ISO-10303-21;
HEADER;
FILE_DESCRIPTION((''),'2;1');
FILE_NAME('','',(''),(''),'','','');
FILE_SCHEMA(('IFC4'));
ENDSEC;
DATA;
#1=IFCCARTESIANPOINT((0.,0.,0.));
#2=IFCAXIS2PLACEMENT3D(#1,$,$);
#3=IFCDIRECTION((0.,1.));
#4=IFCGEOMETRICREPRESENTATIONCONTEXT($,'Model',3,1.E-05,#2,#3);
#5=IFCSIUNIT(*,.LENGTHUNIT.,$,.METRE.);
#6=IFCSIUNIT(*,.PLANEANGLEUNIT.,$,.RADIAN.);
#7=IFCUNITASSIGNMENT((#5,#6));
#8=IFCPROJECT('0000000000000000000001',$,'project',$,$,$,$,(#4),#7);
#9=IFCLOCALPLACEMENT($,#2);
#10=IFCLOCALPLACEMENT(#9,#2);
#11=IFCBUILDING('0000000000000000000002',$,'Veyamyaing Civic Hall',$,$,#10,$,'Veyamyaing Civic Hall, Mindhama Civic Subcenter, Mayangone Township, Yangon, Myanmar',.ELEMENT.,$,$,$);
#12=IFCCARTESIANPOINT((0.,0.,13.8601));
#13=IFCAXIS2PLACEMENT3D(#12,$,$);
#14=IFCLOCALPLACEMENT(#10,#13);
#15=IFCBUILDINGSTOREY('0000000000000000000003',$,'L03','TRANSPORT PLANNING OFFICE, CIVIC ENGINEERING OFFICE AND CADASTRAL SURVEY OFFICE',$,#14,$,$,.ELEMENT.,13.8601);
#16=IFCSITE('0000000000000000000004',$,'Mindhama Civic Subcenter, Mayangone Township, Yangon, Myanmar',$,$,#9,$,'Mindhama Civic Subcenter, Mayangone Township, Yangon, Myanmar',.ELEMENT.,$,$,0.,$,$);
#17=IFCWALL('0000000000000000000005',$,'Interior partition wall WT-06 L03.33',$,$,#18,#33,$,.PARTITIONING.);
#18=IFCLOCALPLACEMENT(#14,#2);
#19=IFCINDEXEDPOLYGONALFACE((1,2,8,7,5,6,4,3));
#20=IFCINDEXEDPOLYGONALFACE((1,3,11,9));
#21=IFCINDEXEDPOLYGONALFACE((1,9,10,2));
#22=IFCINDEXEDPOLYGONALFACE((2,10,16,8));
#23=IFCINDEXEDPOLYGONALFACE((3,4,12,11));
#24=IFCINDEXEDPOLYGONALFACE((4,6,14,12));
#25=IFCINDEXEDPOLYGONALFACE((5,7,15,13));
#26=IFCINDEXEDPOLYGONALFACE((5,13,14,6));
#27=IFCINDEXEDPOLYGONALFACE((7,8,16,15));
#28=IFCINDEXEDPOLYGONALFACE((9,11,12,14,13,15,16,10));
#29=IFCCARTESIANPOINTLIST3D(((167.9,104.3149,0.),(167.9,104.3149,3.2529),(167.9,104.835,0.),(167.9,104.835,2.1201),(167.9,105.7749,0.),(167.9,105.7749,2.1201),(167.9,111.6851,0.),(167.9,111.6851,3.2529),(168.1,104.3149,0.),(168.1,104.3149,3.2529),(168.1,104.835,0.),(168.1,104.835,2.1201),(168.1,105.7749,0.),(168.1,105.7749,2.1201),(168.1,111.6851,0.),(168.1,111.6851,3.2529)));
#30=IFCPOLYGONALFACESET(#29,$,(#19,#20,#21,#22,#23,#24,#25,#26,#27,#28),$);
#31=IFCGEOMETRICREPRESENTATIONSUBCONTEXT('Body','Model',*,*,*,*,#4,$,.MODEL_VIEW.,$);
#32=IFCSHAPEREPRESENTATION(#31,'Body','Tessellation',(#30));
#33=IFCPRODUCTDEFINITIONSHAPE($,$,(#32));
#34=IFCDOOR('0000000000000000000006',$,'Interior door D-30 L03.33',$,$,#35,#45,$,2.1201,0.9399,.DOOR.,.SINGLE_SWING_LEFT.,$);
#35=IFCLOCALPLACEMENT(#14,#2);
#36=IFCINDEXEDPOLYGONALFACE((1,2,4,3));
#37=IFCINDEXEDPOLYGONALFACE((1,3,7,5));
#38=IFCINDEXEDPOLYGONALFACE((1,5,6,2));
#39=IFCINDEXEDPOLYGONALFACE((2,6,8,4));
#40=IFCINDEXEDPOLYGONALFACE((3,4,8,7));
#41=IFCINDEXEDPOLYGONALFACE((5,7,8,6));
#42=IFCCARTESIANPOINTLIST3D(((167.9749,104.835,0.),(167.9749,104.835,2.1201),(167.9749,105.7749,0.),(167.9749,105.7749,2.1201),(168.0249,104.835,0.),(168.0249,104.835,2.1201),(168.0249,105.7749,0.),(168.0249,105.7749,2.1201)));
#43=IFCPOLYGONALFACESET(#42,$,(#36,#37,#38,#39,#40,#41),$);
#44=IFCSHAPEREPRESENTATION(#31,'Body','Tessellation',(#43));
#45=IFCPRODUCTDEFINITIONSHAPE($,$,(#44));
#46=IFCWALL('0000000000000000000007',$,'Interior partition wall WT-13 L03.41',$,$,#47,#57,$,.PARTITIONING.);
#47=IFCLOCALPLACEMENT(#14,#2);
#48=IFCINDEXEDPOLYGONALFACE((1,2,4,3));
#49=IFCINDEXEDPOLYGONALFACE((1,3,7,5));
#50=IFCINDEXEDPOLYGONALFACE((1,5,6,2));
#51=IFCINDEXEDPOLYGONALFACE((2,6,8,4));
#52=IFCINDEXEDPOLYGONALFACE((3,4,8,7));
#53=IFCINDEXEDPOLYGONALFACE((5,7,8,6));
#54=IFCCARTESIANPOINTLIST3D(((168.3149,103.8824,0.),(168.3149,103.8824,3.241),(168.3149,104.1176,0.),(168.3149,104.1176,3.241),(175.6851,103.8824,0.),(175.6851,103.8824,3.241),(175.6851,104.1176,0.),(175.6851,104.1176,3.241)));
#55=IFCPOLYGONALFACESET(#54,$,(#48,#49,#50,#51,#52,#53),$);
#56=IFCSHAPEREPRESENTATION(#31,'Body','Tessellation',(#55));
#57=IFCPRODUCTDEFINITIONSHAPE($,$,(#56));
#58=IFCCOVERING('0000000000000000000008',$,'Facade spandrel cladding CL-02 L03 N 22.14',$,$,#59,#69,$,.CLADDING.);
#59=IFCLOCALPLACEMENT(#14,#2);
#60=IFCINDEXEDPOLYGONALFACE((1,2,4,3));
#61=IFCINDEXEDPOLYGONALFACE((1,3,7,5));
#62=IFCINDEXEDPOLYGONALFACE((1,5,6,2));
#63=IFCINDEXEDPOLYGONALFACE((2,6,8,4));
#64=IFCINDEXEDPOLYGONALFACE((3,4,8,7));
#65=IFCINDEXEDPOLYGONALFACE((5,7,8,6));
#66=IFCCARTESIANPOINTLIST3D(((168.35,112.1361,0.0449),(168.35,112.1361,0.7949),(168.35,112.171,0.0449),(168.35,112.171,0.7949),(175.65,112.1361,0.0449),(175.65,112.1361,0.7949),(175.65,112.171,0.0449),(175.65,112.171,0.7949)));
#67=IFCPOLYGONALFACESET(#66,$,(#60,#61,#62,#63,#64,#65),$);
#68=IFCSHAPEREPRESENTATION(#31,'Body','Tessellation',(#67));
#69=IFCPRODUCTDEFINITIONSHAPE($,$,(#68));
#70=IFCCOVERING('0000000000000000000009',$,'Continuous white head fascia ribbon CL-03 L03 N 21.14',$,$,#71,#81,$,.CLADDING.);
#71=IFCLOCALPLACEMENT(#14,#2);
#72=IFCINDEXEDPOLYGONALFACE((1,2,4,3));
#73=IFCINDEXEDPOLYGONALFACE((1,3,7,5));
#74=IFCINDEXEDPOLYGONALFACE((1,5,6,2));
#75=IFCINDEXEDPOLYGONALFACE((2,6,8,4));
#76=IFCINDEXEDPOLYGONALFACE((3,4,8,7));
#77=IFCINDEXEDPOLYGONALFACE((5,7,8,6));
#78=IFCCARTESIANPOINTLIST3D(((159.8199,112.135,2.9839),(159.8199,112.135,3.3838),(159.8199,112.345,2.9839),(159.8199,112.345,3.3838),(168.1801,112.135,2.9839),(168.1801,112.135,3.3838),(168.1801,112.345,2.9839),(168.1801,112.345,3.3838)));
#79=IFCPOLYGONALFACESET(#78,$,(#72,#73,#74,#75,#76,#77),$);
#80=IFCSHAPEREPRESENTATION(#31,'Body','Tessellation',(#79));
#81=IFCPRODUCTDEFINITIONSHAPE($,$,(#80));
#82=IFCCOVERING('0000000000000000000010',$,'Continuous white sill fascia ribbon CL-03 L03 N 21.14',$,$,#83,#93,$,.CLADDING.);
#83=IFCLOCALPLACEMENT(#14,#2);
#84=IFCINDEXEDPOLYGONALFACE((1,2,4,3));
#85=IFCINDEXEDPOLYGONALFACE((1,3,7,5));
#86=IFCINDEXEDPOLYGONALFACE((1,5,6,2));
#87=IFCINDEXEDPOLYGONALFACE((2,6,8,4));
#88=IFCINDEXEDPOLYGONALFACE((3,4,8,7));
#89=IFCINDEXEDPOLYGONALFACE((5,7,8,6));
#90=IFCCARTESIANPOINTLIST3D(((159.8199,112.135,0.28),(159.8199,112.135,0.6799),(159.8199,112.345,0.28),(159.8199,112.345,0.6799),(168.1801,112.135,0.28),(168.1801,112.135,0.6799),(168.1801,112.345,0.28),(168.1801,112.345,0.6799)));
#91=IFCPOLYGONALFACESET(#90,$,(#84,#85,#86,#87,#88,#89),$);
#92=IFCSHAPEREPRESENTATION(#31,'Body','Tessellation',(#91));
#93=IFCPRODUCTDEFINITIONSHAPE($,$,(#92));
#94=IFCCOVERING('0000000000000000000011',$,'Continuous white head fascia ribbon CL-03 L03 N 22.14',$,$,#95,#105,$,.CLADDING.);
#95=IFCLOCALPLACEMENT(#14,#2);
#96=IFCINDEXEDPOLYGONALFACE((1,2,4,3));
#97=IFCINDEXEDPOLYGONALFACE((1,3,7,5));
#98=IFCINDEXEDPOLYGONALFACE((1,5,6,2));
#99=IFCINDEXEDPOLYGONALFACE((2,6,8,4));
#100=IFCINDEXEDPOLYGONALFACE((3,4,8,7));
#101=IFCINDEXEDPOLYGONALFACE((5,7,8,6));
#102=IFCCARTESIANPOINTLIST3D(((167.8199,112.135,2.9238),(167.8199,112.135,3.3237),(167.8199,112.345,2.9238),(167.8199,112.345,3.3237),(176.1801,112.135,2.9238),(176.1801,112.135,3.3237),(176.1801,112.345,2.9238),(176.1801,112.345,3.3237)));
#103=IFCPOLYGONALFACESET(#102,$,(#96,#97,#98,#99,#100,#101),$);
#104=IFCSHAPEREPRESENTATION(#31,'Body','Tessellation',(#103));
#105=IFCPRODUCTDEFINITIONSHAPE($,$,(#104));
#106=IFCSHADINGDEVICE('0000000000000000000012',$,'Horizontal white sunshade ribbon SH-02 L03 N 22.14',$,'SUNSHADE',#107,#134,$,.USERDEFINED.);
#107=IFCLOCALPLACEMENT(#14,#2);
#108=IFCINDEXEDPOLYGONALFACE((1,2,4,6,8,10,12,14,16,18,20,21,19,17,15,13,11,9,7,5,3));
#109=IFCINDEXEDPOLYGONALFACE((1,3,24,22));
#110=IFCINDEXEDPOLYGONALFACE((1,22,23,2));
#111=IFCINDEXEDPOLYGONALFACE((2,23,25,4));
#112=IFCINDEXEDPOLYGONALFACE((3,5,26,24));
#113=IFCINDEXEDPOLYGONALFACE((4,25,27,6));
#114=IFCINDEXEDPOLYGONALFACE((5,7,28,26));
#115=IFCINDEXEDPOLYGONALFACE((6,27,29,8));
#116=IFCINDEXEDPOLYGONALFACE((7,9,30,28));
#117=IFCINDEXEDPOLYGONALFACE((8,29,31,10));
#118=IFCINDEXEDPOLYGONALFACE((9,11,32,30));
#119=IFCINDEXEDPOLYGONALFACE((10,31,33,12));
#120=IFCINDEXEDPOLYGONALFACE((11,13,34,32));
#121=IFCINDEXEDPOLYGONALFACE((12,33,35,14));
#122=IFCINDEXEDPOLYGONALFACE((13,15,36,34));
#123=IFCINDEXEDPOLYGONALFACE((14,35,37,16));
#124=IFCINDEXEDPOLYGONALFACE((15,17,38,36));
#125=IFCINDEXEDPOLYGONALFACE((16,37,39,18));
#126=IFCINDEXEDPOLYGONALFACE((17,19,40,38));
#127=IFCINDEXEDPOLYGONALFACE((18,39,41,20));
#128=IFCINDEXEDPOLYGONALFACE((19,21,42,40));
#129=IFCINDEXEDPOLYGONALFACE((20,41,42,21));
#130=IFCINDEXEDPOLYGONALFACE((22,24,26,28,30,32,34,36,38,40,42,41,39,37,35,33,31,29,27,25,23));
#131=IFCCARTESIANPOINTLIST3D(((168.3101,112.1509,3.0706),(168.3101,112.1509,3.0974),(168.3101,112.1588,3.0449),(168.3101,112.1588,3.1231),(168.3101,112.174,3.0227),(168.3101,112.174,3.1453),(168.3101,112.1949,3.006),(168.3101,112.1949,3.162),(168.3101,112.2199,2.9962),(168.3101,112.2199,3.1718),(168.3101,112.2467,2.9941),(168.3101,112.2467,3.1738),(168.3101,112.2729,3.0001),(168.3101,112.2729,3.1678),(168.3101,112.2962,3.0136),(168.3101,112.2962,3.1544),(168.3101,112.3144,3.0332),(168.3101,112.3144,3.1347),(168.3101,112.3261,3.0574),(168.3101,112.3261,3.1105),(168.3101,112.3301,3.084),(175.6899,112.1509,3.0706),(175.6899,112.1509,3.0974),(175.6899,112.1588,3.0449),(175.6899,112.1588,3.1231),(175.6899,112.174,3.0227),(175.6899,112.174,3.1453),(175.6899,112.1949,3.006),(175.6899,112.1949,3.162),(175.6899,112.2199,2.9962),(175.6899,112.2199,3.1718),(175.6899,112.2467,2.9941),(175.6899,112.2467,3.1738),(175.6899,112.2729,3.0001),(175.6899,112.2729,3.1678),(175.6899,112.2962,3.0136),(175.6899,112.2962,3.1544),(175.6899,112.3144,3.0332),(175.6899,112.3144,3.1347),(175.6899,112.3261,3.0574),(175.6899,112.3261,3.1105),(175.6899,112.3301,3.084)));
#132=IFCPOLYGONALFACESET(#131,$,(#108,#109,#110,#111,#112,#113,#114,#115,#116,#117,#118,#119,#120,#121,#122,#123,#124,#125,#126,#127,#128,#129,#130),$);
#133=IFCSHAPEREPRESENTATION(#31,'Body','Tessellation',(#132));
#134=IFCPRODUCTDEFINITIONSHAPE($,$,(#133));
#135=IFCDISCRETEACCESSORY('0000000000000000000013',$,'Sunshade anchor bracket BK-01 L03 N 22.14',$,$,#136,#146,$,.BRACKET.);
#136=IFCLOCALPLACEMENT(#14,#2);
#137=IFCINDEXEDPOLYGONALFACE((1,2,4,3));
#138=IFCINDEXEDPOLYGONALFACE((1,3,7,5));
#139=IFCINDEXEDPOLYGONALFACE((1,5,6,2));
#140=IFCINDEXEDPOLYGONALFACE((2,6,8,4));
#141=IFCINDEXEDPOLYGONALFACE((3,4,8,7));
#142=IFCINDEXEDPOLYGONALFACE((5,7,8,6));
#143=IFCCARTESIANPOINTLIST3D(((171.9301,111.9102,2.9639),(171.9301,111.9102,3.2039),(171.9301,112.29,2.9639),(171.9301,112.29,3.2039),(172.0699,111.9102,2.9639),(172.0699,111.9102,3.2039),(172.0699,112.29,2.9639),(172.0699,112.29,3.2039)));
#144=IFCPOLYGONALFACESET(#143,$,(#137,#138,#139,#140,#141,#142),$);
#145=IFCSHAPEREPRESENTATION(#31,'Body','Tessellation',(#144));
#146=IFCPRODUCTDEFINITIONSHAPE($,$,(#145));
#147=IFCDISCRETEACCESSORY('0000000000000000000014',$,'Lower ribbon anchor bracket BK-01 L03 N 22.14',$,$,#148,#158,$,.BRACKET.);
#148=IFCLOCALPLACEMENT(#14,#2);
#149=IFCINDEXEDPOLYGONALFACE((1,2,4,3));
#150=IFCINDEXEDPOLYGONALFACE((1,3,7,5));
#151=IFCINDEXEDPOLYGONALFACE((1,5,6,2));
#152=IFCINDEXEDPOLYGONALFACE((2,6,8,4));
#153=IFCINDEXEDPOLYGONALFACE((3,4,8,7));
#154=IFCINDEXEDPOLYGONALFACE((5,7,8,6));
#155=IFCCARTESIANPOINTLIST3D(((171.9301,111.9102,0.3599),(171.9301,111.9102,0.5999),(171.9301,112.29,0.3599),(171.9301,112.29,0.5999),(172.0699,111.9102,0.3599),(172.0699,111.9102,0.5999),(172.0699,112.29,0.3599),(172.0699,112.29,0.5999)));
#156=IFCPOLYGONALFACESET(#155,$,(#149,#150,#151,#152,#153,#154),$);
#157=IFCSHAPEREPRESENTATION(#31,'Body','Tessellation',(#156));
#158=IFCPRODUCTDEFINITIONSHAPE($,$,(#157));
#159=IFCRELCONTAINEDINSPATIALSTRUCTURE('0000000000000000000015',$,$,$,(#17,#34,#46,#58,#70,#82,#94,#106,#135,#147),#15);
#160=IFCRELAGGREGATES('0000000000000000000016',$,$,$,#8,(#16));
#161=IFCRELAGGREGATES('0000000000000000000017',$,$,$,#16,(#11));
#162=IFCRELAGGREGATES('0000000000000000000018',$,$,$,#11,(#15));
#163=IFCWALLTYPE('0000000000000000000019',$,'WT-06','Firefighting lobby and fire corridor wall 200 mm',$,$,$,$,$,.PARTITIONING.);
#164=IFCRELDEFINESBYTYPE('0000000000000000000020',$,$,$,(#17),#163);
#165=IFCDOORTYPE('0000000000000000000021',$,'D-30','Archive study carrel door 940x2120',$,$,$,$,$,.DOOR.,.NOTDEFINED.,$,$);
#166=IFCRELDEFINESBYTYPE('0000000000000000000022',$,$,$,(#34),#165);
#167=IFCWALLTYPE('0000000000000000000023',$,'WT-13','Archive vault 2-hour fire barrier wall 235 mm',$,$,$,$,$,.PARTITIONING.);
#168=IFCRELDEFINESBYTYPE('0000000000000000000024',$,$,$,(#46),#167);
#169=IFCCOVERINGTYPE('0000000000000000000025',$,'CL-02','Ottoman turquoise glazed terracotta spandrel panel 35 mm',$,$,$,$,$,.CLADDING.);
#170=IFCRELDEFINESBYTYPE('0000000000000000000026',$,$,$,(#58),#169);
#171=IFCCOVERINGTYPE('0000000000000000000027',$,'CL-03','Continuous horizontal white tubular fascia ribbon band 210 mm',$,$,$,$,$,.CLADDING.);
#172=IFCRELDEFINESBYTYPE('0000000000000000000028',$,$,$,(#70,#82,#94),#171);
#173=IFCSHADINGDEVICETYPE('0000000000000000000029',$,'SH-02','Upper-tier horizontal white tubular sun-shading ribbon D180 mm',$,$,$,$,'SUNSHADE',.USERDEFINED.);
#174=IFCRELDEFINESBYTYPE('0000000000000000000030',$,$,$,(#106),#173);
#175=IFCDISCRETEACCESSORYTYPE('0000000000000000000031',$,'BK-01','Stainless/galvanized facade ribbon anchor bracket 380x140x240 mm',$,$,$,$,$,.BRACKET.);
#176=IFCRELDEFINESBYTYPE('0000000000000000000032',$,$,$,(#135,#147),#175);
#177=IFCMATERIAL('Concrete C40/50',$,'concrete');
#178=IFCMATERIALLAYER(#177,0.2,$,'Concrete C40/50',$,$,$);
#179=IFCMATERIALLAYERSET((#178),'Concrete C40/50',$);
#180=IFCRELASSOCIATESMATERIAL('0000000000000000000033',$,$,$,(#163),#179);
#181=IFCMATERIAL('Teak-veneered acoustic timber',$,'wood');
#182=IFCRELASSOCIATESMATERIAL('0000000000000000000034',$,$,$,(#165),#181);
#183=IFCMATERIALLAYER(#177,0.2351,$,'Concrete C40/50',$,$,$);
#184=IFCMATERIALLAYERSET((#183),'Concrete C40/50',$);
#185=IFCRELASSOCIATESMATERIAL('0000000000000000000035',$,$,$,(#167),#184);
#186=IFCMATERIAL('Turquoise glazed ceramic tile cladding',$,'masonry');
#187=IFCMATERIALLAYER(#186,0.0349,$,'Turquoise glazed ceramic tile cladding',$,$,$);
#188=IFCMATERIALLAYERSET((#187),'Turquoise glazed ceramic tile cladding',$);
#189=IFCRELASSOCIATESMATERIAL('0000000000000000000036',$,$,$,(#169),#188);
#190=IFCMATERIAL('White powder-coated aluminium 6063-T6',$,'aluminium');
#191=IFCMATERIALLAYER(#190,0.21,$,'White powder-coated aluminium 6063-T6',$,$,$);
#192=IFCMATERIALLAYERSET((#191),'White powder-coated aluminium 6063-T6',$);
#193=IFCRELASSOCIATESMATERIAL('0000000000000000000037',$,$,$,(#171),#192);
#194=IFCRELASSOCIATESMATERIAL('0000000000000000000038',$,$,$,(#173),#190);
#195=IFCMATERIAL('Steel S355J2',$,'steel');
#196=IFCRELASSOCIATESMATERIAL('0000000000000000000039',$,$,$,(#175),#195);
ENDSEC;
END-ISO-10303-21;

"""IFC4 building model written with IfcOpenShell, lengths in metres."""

from ifc_helpers import new_model, si_unit, direction, frame, frame_2d, origin, origin_2d, place, context, subcontext, project, spatial, rectangle, circle, extrude, material, layer, layer_set, material_profile, profile_set, type_object, element, fill, save


model = new_model("IFC4")

# Units and contexts
model_context = context("Model", 3, precision=1e-05, world=origin(), true_north=direction((0.0, 1.0)))
body_context = subcontext(model_context, "Body", "Model", "MODEL_VIEW")
ifc_project = project(units=[si_unit("LENGTHUNIT", "METRE"), si_unit("PLANEANGLEUNIT", "RADIAN")], contexts=[model_context])

# Site, building, storey
site_placement = place(None, origin())
site = spatial("IfcSite", under=ifc_project, at=site_placement, Name="Mindhama Civic Subcenter, Mayangone Township, Yangon, Myanmar", LongName="Mindhama Civic Subcenter, Mayangone Township, Yangon, Myanmar", CompositionType="ELEMENT", RefElevation=0.0)
building_placement = place(site_placement, origin())
building = spatial("IfcBuilding", under=site, at=building_placement, Name="Veyamyaing Civic Hall", LongName="Veyamyaing Civic Hall, Mindhama Civic Subcenter, Mayangone Township, Yangon, Myanmar", CompositionType="ELEMENT")
storey_placement = place(building_placement, frame((0.0, 0.0, 13.8601)))
storey = spatial("IfcBuildingStorey", under=building, at=storey_placement, Name="L03", Description="TRANSPORT PLANNING OFFICE, CIVIC ENGINEERING OFFICE AND CADASTRAL SURVEY OFFICE", CompositionType="ELEMENT", Elevation=13.8601)

# Wall, opening, door
ifc_material_1 = material(Name="Concrete C40/50", Category="concrete")
ifc_layer_1 = layer(ifc_material_1, 0.2, Name="Concrete C40/50")
ifc_layer_set_1 = layer_set([ifc_layer_1], Name="Concrete C40/50")
wall_type_1 = type_object("IfcWallType", Name="WT-06", Description="Firefighting lobby and fire corridor wall 200 mm", PredefinedType="PARTITIONING", material=ifc_layer_set_1)
wall_1_placement = place(storey_placement, frame((168.0, 104.3149, 0.0), z_axis=(0.0, 0.0, 1.0), x_axis=(0.0, 1.0, 0.0)))
wall_1 = element("IfcWall", 1, at=wall_1_placement, inside=storey, type_object=wall_type_1, Name="Interior partition wall WT-06 L03.33", PredefinedType="PARTITIONING", context=body_context, shape_type="SweptSolid", body=[
    extrude(rectangle(XDim=7.3701, YDim=0.2, at=frame_2d((3.6851, 0.0))), origin(), (0.0, 0.0, 1.0), 3.2529),
])
opening_1_placement = place(wall_1_placement, frame((0.52, 0.0, 0.0)))
opening_1 = element("IfcOpeningElement", 2, at=opening_1_placement, cuts=wall_1, PredefinedType="OPENING", context=body_context, shape_type="SweptSolid", body=[
    extrude(rectangle(XDim=0.9399, YDim=2.1201, at=frame_2d((0.47, 1.0601))), frame((0.0, 0.1099, 0.0), z_axis=(0.0, -1.0, 0.0), x_axis=(1.0, 0.0, 0.0)), (0.0, 0.0, 1.0), 0.22),
])
ifc_material_2 = material(Name="Teak-veneered acoustic timber", Category="wood")
door_type = type_object("IfcDoorType", Name="D-30", Description="Archive study carrel door 940x2120", OperationType="NOTDEFINED", PredefinedType="DOOR", material=ifc_material_2)
door_placement = place(opening_1_placement, frame((0.9399, 0.0, 0.0), z_axis=(0.0, 0.0, 1.0), x_axis=(-1.0, 0.0, 0.0)))
door = element("IfcDoor", 3, at=door_placement, inside=storey, type_object=door_type, Name="Interior door D-30 L03.33", OperationType="SINGLE_SWING_LEFT", OverallHeight=2.1201, OverallWidth=0.9399, PredefinedType="DOOR", context=body_context, shape_type="SweptSolid", body=[
    extrude(rectangle(XDim=0.9399, YDim=2.1201, at=frame_2d((0.47, 1.0601))), frame((0.0, 0.0249, 0.0), z_axis=(0.0, -1.0, 0.0), x_axis=(1.0, 0.0, 0.0)), (0.0, 0.0, 1.0), 0.05),
])
fill(opening_1, door)

# Wall
ifc_layer_2 = layer(ifc_material_1, 0.2351, Name="Concrete C40/50")
ifc_layer_set_2 = layer_set([ifc_layer_2], Name="Concrete C40/50")
wall_type_2 = type_object("IfcWallType", Name="WT-13", Description="Archive vault 2-hour fire barrier wall 235 mm", PredefinedType="PARTITIONING", material=ifc_layer_set_2)
wall_2_placement = place(storey_placement, frame((168.3149, 104.0, 0.0), z_axis=(0.0, 0.0, 1.0), x_axis=(1.0, 0.0, 0.0)))
element("IfcWall", 4, at=wall_2_placement, inside=storey, type_object=wall_type_2, Name="Interior partition wall WT-13 L03.41", PredefinedType="PARTITIONING", context=body_context, shape_type="SweptSolid", body=[
    extrude(rectangle(XDim=7.3701, YDim=0.2351, at=frame_2d((3.6851, 0.0))), origin(), (0.0, 0.0, 1.0), 3.241),
])

# Coverings
ifc_material_3 = material(Name="Turquoise glazed ceramic tile cladding", Category="masonry")
ifc_layer_3 = layer(ifc_material_3, 0.0349, Name="Turquoise glazed ceramic tile cladding")
ifc_layer_set_3 = layer_set([ifc_layer_3], Name="Turquoise glazed ceramic tile cladding")
covering_type_1 = type_object("IfcCoveringType", Name="CL-02", Description="Ottoman turquoise glazed terracotta spandrel panel 35 mm", PredefinedType="CLADDING", material=ifc_layer_set_3)
covering_placement = place(storey_placement, frame((172.0, 112.1536, 0.0449), z_axis=(0.0, 0.0, 1.0), x_axis=(1.0, 0.0, 0.0)))
element("IfcCovering", 5, at=covering_placement, inside=storey, type_object=covering_type_1, Name="Facade spandrel cladding CL-02 L03 N 22.14", PredefinedType="CLADDING", context=body_context, shape_type="SweptSolid", body=[
    extrude(rectangle(XDim=7.3, YDim=0.0349, at=origin_2d()), origin(), (0.0, 0.0, 1.0), 0.75),
])
ifc_material_4 = material(Name="White powder-coated aluminium 6063-T6", Category="aluminium")
ifc_layer_4 = layer(ifc_material_4, 0.21, Name="White powder-coated aluminium 6063-T6")
ifc_layer_set_4 = layer_set([ifc_layer_4], Name="White powder-coated aluminium 6063-T6")
covering_type_2 = type_object("IfcCoveringType", Name="CL-03", Description="Continuous horizontal white tubular fascia ribbon band 210 mm", PredefinedType="CLADDING", material=ifc_layer_set_4)
for number, where, z_axis, x_axis, name in (
    (6, (164.0, 112.24, 2.9839), (0.0, 0.0, 1.0), (1.0, 0.0, 0.0), "Continuous white head fascia ribbon CL-03 L03 N 21.14"),
    (7, (164.0, 112.24, 0.28), (0.0, 0.0, 1.0), (1.0, 0.0, 0.0), "Continuous white sill fascia ribbon CL-03 L03 N 21.14"),
    (8, (172.0, 112.24, 2.9238), (0.0, 0.0, 1.0), (1.0, 0.0, 0.0), "Continuous white head fascia ribbon CL-03 L03 N 22.14"),
):
    element("IfcCovering", number, at=place(storey_placement, frame(where, z_axis=z_axis, x_axis=x_axis)), inside=storey, type_object=covering_type_2, Name=name, PredefinedType="CLADDING", context=body_context, shape_type="SweptSolid", body=[
        extrude(rectangle(XDim=8.3601, YDim=0.21, at=origin_2d()), origin(), (0.0, 0.0, 1.0), 0.3999),
    ])

# Shading device
ifc_material_profile_1 = material_profile(ifc_material_4, circle(Radius=0.0901, at=origin_2d()), Name="SHADE-TUBE-180")
ifc_profile_set_1 = profile_set([ifc_material_profile_1], Name="White powder-coated aluminium 6063-T6")
shading_device_type = type_object("IfcShadingDeviceType", Name="SH-02", Description="Upper-tier horizontal white tubular sun-shading ribbon D180 mm", ElementType="SUNSHADE", PredefinedType="USERDEFINED", material=ifc_profile_set_1)
shading_device_placement = place(storey_placement, frame((168.3101, 112.24, 3.084), z_axis=(1.0, 0.0, 0.0), x_axis=(0.0, 1.0, 0.0)))
element("IfcShadingDevice", 9, at=shading_device_placement, inside=storey, type_object=shading_device_type, Name="Horizontal white sunshade ribbon SH-02 L03 N 22.14", ObjectType="SUNSHADE", PredefinedType="USERDEFINED", context=body_context, shape_type="SweptSolid", body=[
    extrude(circle(Radius=0.0901, at=origin_2d()), origin(), (0.0, 0.0, 1.0), 7.3799),
])

# Discrete accessories
ifc_material_5 = material(Name="Steel S355J2", Category="steel")
discrete_accessory_type = type_object("IfcDiscreteAccessoryType", Name="BK-01", Description="Stainless/galvanized facade ribbon anchor bracket 380x140x240 mm", PredefinedType="BRACKET", material=ifc_material_5)
for number, where, z_axis, x_axis, name in (
    (10, (172.0, 112.1001, 2.9639), (0.0, 0.0, 1.0), (0.0, 1.0, 0.0), "Sunshade anchor bracket BK-01 L03 N 22.14"),
    (11, (172.0, 112.1001, 0.3599), (0.0, 0.0, 1.0), (0.0, 1.0, 0.0), "Lower ribbon anchor bracket BK-01 L03 N 22.14"),
):
    element("IfcDiscreteAccessory", number, at=place(storey_placement, frame(where, z_axis=z_axis, x_axis=x_axis)), inside=storey, type_object=discrete_accessory_type, Name=name, PredefinedType="BRACKET", context=body_context, shape_type="SweptSolid", body=[
        extrude(rectangle(XDim=0.3799, YDim=0.1399, at=origin_2d()), origin(), (0.0, 0.0, 1.0), 0.24),
    ])

save(model, "model.ifc")
